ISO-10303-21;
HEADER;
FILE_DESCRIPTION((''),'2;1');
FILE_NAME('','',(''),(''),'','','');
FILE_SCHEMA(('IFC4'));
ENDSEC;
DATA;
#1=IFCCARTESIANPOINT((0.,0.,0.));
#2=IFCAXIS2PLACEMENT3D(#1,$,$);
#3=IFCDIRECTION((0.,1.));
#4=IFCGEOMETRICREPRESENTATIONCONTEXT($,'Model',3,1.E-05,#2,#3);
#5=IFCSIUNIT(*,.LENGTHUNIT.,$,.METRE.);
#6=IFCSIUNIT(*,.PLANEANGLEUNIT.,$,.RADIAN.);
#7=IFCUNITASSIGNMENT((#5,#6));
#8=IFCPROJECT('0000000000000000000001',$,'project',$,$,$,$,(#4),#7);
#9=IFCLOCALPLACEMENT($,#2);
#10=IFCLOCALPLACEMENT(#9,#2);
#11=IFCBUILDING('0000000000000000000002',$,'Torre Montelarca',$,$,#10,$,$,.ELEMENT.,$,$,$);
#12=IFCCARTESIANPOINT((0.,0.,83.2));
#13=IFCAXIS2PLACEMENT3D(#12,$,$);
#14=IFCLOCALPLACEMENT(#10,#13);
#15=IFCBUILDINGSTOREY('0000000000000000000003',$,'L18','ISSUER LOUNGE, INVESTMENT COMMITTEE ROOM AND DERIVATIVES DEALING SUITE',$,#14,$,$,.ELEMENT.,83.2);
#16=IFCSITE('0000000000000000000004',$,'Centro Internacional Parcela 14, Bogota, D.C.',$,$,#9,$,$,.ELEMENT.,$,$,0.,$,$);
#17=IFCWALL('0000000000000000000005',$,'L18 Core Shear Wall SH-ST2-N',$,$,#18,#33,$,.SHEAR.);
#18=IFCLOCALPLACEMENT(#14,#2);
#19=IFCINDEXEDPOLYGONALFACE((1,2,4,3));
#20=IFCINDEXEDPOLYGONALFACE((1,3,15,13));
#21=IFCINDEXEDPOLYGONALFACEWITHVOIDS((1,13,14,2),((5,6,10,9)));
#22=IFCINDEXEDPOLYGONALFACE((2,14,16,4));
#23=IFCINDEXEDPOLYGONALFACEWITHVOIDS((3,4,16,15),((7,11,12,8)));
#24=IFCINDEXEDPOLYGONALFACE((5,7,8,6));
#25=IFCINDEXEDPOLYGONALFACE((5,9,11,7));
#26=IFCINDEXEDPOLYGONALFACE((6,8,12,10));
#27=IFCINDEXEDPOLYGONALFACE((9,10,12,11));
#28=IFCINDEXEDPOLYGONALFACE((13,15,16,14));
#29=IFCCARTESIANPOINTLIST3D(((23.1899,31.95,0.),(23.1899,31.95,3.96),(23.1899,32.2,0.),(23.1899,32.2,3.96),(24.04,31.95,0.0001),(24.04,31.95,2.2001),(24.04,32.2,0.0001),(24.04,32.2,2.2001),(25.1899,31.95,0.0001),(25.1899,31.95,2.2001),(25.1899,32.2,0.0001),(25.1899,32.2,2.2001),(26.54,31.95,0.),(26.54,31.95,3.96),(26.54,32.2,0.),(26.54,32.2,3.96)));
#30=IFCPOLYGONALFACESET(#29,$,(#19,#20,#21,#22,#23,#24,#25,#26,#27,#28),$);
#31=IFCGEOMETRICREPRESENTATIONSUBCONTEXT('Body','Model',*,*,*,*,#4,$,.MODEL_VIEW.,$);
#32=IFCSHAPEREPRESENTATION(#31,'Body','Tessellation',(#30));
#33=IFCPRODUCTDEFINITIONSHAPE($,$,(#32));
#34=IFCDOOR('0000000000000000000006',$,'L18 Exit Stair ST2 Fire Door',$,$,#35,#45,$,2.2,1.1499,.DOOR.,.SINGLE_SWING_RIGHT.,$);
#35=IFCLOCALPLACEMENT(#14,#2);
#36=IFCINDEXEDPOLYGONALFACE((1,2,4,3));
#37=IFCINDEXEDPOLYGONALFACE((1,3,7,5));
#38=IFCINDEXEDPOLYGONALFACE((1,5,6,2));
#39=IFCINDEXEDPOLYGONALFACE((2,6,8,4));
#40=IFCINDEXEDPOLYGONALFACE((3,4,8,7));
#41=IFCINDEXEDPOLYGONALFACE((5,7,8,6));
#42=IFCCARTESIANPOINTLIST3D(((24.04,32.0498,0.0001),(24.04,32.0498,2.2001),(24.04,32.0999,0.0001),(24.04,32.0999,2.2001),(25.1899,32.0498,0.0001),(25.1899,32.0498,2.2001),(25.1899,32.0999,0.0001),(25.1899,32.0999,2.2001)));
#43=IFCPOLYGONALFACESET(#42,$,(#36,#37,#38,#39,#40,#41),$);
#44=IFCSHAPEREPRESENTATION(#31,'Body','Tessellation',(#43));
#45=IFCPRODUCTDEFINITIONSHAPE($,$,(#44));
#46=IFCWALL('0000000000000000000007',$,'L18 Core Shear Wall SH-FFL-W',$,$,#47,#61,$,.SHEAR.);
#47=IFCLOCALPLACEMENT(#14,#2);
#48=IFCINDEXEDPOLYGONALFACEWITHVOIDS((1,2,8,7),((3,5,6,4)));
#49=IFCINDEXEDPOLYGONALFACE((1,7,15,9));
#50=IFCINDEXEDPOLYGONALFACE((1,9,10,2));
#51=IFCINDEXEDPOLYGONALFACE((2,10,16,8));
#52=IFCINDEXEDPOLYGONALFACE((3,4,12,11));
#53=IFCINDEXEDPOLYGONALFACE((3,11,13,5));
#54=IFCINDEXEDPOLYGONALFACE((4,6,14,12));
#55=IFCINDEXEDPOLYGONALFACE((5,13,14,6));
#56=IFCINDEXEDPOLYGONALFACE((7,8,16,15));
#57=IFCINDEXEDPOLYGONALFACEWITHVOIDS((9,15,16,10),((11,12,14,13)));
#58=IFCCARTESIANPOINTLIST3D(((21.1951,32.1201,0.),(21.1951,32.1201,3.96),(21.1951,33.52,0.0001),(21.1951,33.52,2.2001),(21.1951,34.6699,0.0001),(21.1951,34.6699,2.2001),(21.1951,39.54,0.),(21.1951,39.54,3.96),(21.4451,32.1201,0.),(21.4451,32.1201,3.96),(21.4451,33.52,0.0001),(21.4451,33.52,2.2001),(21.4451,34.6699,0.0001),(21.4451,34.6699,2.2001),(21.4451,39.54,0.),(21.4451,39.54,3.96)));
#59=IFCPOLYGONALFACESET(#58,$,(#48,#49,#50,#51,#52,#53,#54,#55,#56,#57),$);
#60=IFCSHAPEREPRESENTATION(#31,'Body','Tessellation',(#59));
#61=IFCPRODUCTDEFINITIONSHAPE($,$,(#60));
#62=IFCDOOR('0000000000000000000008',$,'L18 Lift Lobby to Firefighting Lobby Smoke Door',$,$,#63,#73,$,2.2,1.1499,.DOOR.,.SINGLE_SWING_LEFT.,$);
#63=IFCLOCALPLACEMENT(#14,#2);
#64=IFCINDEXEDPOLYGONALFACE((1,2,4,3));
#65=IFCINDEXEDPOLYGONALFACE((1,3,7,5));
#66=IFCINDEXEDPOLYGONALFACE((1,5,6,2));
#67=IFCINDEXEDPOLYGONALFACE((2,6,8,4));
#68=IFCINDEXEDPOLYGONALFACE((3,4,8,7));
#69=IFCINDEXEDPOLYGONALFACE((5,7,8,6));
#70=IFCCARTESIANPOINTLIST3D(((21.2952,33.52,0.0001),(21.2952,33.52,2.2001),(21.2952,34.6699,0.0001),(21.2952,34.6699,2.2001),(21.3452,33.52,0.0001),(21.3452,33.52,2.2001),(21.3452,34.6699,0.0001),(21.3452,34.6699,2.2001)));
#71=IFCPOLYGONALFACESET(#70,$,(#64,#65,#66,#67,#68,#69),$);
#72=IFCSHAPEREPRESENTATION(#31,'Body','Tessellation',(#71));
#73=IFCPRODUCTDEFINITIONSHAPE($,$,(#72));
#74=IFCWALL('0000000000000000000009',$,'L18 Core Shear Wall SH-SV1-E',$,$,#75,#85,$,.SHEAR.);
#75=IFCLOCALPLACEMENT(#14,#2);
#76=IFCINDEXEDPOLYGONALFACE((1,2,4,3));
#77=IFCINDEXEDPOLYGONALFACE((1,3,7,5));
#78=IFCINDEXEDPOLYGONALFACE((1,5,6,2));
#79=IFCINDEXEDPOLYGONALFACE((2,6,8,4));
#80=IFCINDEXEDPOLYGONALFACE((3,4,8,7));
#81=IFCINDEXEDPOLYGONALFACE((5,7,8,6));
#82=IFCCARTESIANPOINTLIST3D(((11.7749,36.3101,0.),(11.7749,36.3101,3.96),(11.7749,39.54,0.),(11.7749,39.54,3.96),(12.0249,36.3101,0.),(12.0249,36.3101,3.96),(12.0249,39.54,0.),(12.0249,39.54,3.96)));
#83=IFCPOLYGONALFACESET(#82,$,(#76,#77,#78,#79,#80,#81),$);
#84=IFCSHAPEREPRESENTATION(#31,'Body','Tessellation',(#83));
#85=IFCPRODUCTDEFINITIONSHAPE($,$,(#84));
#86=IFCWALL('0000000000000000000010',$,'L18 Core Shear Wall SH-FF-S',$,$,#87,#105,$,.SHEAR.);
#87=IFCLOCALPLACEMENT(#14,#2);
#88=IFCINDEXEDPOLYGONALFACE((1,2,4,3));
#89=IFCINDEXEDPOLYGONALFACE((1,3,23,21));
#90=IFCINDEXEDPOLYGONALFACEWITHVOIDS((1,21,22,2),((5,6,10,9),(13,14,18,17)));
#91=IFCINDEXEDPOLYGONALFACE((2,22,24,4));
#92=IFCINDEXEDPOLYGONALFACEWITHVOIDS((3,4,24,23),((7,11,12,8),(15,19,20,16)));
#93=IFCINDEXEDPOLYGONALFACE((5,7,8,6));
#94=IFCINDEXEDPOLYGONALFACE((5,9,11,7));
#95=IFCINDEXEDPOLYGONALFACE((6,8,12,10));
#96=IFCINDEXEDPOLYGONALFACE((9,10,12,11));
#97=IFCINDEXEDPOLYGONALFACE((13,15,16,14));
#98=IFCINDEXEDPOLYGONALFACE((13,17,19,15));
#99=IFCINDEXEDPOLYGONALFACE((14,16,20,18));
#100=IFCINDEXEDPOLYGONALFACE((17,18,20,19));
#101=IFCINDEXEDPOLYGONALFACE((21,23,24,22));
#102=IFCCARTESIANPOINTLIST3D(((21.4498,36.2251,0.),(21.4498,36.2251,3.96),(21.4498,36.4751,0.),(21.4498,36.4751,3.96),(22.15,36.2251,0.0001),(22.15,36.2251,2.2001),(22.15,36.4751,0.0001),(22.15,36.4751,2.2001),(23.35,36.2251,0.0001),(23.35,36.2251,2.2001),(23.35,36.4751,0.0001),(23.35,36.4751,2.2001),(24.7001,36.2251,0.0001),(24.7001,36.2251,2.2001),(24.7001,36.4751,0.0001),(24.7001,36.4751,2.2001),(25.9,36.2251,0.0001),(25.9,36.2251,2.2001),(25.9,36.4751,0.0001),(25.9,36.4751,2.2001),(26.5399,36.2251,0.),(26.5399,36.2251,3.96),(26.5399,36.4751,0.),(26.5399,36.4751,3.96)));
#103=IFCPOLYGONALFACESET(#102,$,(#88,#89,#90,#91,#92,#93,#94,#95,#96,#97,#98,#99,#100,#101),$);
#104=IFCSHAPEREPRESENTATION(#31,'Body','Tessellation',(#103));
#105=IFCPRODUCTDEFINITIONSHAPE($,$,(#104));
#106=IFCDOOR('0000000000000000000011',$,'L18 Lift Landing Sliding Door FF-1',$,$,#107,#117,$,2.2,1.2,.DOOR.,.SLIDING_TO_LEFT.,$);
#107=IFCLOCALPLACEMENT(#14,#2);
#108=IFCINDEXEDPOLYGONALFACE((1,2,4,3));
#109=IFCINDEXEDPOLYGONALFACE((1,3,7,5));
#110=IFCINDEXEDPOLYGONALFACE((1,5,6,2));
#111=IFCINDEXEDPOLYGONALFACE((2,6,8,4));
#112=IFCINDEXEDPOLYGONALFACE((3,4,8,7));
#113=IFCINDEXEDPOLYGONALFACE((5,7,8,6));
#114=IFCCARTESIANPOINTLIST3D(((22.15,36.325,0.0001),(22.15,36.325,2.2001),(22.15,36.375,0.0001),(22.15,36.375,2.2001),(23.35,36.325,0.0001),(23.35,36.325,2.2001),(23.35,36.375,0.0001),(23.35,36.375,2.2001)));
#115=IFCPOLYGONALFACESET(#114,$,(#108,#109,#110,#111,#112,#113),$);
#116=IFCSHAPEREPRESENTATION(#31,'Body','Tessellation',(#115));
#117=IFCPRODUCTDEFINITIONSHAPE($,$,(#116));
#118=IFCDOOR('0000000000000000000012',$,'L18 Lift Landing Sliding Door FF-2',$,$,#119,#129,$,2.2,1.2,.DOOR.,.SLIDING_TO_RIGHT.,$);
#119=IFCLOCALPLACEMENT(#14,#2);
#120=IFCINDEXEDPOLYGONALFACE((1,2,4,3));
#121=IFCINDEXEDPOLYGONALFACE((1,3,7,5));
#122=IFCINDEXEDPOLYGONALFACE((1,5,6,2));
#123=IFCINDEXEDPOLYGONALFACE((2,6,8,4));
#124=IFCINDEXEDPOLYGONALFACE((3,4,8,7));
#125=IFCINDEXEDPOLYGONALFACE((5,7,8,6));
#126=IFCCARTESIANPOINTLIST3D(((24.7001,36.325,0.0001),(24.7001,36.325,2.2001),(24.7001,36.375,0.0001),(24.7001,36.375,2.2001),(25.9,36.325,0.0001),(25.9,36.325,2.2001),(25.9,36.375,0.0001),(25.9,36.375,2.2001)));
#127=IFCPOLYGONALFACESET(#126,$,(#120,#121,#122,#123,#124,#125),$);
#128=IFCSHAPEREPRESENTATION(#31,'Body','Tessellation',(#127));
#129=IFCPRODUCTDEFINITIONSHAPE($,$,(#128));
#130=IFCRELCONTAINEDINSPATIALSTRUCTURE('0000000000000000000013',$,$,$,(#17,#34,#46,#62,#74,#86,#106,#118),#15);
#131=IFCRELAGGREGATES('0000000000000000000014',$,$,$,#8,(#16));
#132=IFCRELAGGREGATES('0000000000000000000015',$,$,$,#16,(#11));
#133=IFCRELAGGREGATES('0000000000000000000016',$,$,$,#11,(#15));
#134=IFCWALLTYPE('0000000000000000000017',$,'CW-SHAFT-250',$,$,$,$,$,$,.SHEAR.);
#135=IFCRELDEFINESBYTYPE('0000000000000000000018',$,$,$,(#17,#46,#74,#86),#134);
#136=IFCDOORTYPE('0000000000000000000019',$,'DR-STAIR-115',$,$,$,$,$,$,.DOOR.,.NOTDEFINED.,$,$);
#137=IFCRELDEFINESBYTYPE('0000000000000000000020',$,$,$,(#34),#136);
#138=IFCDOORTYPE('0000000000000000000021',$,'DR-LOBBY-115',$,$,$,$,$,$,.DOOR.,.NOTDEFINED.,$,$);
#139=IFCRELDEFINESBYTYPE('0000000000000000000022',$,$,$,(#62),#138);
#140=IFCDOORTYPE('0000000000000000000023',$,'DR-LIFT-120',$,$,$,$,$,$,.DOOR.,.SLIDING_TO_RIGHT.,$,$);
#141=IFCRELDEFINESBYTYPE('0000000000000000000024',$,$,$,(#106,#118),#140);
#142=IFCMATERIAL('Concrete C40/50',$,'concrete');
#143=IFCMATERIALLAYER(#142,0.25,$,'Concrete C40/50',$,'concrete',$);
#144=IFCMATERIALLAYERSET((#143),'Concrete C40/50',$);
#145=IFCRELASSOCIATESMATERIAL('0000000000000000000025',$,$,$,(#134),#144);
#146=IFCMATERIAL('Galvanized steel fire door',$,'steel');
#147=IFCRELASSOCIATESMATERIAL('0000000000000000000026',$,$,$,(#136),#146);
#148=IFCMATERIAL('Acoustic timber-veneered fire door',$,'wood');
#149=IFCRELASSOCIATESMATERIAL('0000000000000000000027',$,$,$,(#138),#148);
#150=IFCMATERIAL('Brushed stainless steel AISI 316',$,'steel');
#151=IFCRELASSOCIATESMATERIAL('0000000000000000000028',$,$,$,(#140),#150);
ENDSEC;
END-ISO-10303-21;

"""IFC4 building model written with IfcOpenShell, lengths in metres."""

from ifc_helpers import new_model, si_unit, direction, frame, frame_2d, origin, place, context, subcontext, project, spatial, rectangle, extrude, source, transform, mapped, material, layer, layer_set, type_object, element, fill, save


model = new_model("IFC4")

# Units and contexts
model_context = context("Model", 3, precision=1e-05, world=origin(), true_north=direction((0.0, 1.0)))
body_context = subcontext(model_context, "Body", "Model", "MODEL_VIEW")
ifc_project = project(units=[si_unit("LENGTHUNIT", "METRE"), si_unit("PLANEANGLEUNIT", "RADIAN")], contexts=[model_context])

# Site, building, storey
site_placement = place(None, origin())
site = spatial("IfcSite", under=ifc_project, at=site_placement, Name="Centro Internacional Parcela 14, Bogota, D.C.", CompositionType="ELEMENT", RefElevation=0.0)
building_placement = place(site_placement, origin())
building = spatial("IfcBuilding", under=site, at=building_placement, Name="Torre Montelarca", CompositionType="ELEMENT")
storey_placement = place(building_placement, frame((0.0, 0.0, 83.2)))
storey = spatial("IfcBuildingStorey", under=building, at=storey_placement, Name="L18", Description="ISSUER LOUNGE, INVESTMENT COMMITTEE ROOM AND DERIVATIVES DEALING SUITE", CompositionType="ELEMENT", Elevation=83.2)

# Walls, openings, doors
ifc_material_1 = material(Name="Concrete C40/50", Category="concrete")
ifc_layer_1 = layer(ifc_material_1, 0.25, Name="Concrete C40/50", Category="concrete")
ifc_layer_set_1 = layer_set([ifc_layer_1], Name="Concrete C40/50")
wall_type_1 = type_object("IfcWallType", Name="CW-SHAFT-250", PredefinedType="SHEAR", material=ifc_layer_set_1)
wall_1_placement = place(storey_placement, frame((23.1899, 32.075, 0.0), z_axis=(0.0, 0.0, 1.0), x_axis=(1.0, 0.0, 0.0)))
wall_1 = element("IfcWall", 1, at=wall_1_placement, inside=storey, type_object=wall_type_1, Name="L18 Core Shear Wall SH-ST2-N", PredefinedType="SHEAR", context=body_context, shape_type="SweptSolid", body=[
    extrude(rectangle(XDim=3.3501, YDim=0.25, at=frame_2d((1.675, 0.0))), origin(), (0.0, 0.0, 1.0), 3.96),
])
opening_1_placement = place(wall_1_placement, frame((0.8501, 0.0, 0.0)))
opening_1 = element("IfcOpeningElement", 2, at=opening_1_placement, cuts=wall_1, PredefinedType="OPENING", context=body_context, shape_type="SweptSolid", body=[
    extrude(rectangle(XDim=1.1499, YDim=2.2, at=frame_2d((0.575, 1.1001))), frame((0.0, 0.135, 0.0), z_axis=(0.0, -1.0, 0.0), x_axis=(1.0, 0.0, 0.0)), (0.0, 0.0, 1.0), 0.27),
])
ifc_material_2 = material(Name="Galvanized steel fire door", Category="steel")
door_type_1 = type_object("IfcDoorType", Name="DR-STAIR-115", OperationType="NOTDEFINED", PredefinedType="DOOR", material=ifc_material_2)
shared_shape_1 = source(origin(), body_context, "Body", "SweptSolid", [
    extrude(rectangle(XDim=1.1499, YDim=2.2, at=frame_2d((0.575, 1.1001))), frame((0.0, 0.0249, 0.0), z_axis=(0.0, -1.0, 0.0), x_axis=(1.0, 0.0, 0.0)), (0.0, 0.0, 1.0), 0.05),
])
door_1_placement = place(opening_1_placement, origin())
door_1 = element("IfcDoor", 3, at=door_1_placement, inside=storey, type_object=door_type_1, Name="L18 Exit Stair ST2 Fire Door", OperationType="SINGLE_SWING_RIGHT", OverallHeight=2.2, OverallWidth=1.1499, PredefinedType="DOOR", context=body_context, shape_type="MappedRepresentation", body=[
    mapped(shared_shape_1, transform((0.0, 0.0, 0.0), scale=1.0)),
])
fill(opening_1, door_1)
wall_2_placement = place(storey_placement, frame((21.3201, 32.1201, 0.0), z_axis=(0.0, 0.0, 1.0), x_axis=(0.0, 1.0, 0.0)))
wall_2 = element("IfcWall", 4, at=wall_2_placement, inside=storey, type_object=wall_type_1, Name="L18 Core Shear Wall SH-FFL-W", PredefinedType="SHEAR", context=body_context, shape_type="SweptSolid", body=[
    extrude(rectangle(XDim=7.4199, YDim=0.25, at=frame_2d((3.71, 0.0))), origin(), (0.0, 0.0, 1.0), 3.96),
])
opening_2_placement = place(wall_2_placement, frame((1.3999, 0.0, 0.0)))
opening_2 = element("IfcOpeningElement", 5, at=opening_2_placement, cuts=wall_2, PredefinedType="OPENING", context=body_context, shape_type="SweptSolid", body=[
    extrude(rectangle(XDim=1.1499, YDim=2.2, at=frame_2d((0.575, 1.1001))), frame((0.0, 0.135, 0.0), z_axis=(0.0, -1.0, 0.0), x_axis=(1.0, 0.0, 0.0)), (0.0, 0.0, 1.0), 0.27),
])
ifc_material_3 = material(Name="Acoustic timber-veneered fire door", Category="wood")
door_type_2 = type_object("IfcDoorType", Name="DR-LOBBY-115", OperationType="NOTDEFINED", PredefinedType="DOOR", material=ifc_material_3)
shared_shape_2 = source(origin(), body_context, "Body", "SweptSolid", [
    extrude(rectangle(XDim=1.1499, YDim=2.2, at=frame_2d((0.575, 1.1001))), frame((0.0, 0.0249, 0.0), z_axis=(0.0, -1.0, 0.0), x_axis=(1.0, 0.0, 0.0)), (0.0, 0.0, 1.0), 0.05),
])
door_2_placement = place(opening_2_placement, origin())
door_2 = element("IfcDoor", 6, at=door_2_placement, inside=storey, type_object=door_type_2, Name="L18 Lift Lobby to Firefighting Lobby Smoke Door", OperationType="SINGLE_SWING_LEFT", OverallHeight=2.2, OverallWidth=1.1499, PredefinedType="DOOR", context=body_context, shape_type="MappedRepresentation", body=[
    mapped(shared_shape_2, transform((0.0, 0.0, 0.0), scale=1.0)),
])
fill(opening_2, door_2)

# Wall
wall_3_placement = place(storey_placement, frame((11.8999, 36.3101, 0.0), z_axis=(0.0, 0.0, 1.0), x_axis=(0.0, 1.0, 0.0)))
element("IfcWall", 7, at=wall_3_placement, inside=storey, type_object=wall_type_1, Name="L18 Core Shear Wall SH-SV1-E", PredefinedType="SHEAR", context=body_context, shape_type="SweptSolid", body=[
    extrude(rectangle(XDim=3.23, YDim=0.25, at=frame_2d((1.615, 0.0))), origin(), (0.0, 0.0, 1.0), 3.96),
])

# Wall, openings, doors
wall_4_placement = place(storey_placement, frame((21.45, 36.3501, 0.0), z_axis=(0.0, 0.0, 1.0), x_axis=(1.0, 0.0, 0.0)))
wall_4 = element("IfcWall", 8, at=wall_4_placement, inside=storey, type_object=wall_type_1, Name="L18 Core Shear Wall SH-FF-S", PredefinedType="SHEAR", context=body_context, shape_type="SweptSolid", body=[
    extrude(rectangle(XDim=5.0901, YDim=0.25, at=frame_2d((2.5449, 0.0))), origin(), (0.0, 0.0, 1.0), 3.96),
])
opening_3_placement = place(wall_4_placement, frame((0.7, 0.0, 0.0)))
opening_3 = element("IfcOpeningElement", 9, at=opening_3_placement, cuts=wall_4, PredefinedType="OPENING", context=body_context, shape_type="SweptSolid", body=[
    extrude(rectangle(XDim=1.2, YDim=2.2, at=frame_2d((0.6001, 1.1001))), frame((0.0, 0.135, 0.0), z_axis=(0.0, -1.0, 0.0), x_axis=(1.0, 0.0, 0.0)), (0.0, 0.0, 1.0), 0.27),
])
opening_4_placement = place(wall_4_placement, frame((3.25, 0.0, 0.0)))
opening_4 = element("IfcOpeningElement", 10, at=opening_4_placement, cuts=wall_4, PredefinedType="OPENING", context=body_context, shape_type="SweptSolid", body=[
    extrude(rectangle(XDim=1.2, YDim=2.2, at=frame_2d((0.6001, 1.1001))), frame((0.0, 0.135, 0.0), z_axis=(0.0, -1.0, 0.0), x_axis=(1.0, 0.0, 0.0)), (0.0, 0.0, 1.0), 0.27),
])
ifc_material_4 = material(Name="Brushed stainless steel AISI 316", Category="steel")
door_type_3 = type_object("IfcDoorType", Name="DR-LIFT-120", OperationType="SLIDING_TO_RIGHT", PredefinedType="DOOR", material=ifc_material_4)
shared_shape_3 = source(origin(), body_context, "Body", "SweptSolid", [
    extrude(rectangle(XDim=1.2, YDim=2.2, at=frame_2d((0.6001, 1.1001))), frame((0.0, 0.0249, 0.0), z_axis=(0.0, -1.0, 0.0), x_axis=(1.0, 0.0, 0.0)), (0.0, 0.0, 1.0), 0.05),
])
door_3_placement = place(opening_3_placement, origin())
door_3 = element("IfcDoor", 11, at=door_3_placement, inside=storey, type_object=door_type_3, Name="L18 Lift Landing Sliding Door FF-1", OperationType="SLIDING_TO_LEFT", OverallHeight=2.2, OverallWidth=1.2, PredefinedType="DOOR", context=body_context, shape_type="MappedRepresentation", body=[
    mapped(shared_shape_3, transform((0.0, 0.0, 0.0), scale=1.0)),
])
fill(opening_3, door_3)
door_4_placement = place(opening_4_placement, origin())
door_4 = element("IfcDoor", 12, at=door_4_placement, inside=storey, type_object=door_type_3, Name="L18 Lift Landing Sliding Door FF-2", OperationType="SLIDING_TO_RIGHT", OverallHeight=2.2, OverallWidth=1.2, PredefinedType="DOOR", context=body_context, shape_type="MappedRepresentation", body=[
    mapped(shared_shape_3, transform((0.0, 0.0, 0.0), scale=1.0)),
])
fill(opening_4, door_4)

save(model, "model.ifc")
